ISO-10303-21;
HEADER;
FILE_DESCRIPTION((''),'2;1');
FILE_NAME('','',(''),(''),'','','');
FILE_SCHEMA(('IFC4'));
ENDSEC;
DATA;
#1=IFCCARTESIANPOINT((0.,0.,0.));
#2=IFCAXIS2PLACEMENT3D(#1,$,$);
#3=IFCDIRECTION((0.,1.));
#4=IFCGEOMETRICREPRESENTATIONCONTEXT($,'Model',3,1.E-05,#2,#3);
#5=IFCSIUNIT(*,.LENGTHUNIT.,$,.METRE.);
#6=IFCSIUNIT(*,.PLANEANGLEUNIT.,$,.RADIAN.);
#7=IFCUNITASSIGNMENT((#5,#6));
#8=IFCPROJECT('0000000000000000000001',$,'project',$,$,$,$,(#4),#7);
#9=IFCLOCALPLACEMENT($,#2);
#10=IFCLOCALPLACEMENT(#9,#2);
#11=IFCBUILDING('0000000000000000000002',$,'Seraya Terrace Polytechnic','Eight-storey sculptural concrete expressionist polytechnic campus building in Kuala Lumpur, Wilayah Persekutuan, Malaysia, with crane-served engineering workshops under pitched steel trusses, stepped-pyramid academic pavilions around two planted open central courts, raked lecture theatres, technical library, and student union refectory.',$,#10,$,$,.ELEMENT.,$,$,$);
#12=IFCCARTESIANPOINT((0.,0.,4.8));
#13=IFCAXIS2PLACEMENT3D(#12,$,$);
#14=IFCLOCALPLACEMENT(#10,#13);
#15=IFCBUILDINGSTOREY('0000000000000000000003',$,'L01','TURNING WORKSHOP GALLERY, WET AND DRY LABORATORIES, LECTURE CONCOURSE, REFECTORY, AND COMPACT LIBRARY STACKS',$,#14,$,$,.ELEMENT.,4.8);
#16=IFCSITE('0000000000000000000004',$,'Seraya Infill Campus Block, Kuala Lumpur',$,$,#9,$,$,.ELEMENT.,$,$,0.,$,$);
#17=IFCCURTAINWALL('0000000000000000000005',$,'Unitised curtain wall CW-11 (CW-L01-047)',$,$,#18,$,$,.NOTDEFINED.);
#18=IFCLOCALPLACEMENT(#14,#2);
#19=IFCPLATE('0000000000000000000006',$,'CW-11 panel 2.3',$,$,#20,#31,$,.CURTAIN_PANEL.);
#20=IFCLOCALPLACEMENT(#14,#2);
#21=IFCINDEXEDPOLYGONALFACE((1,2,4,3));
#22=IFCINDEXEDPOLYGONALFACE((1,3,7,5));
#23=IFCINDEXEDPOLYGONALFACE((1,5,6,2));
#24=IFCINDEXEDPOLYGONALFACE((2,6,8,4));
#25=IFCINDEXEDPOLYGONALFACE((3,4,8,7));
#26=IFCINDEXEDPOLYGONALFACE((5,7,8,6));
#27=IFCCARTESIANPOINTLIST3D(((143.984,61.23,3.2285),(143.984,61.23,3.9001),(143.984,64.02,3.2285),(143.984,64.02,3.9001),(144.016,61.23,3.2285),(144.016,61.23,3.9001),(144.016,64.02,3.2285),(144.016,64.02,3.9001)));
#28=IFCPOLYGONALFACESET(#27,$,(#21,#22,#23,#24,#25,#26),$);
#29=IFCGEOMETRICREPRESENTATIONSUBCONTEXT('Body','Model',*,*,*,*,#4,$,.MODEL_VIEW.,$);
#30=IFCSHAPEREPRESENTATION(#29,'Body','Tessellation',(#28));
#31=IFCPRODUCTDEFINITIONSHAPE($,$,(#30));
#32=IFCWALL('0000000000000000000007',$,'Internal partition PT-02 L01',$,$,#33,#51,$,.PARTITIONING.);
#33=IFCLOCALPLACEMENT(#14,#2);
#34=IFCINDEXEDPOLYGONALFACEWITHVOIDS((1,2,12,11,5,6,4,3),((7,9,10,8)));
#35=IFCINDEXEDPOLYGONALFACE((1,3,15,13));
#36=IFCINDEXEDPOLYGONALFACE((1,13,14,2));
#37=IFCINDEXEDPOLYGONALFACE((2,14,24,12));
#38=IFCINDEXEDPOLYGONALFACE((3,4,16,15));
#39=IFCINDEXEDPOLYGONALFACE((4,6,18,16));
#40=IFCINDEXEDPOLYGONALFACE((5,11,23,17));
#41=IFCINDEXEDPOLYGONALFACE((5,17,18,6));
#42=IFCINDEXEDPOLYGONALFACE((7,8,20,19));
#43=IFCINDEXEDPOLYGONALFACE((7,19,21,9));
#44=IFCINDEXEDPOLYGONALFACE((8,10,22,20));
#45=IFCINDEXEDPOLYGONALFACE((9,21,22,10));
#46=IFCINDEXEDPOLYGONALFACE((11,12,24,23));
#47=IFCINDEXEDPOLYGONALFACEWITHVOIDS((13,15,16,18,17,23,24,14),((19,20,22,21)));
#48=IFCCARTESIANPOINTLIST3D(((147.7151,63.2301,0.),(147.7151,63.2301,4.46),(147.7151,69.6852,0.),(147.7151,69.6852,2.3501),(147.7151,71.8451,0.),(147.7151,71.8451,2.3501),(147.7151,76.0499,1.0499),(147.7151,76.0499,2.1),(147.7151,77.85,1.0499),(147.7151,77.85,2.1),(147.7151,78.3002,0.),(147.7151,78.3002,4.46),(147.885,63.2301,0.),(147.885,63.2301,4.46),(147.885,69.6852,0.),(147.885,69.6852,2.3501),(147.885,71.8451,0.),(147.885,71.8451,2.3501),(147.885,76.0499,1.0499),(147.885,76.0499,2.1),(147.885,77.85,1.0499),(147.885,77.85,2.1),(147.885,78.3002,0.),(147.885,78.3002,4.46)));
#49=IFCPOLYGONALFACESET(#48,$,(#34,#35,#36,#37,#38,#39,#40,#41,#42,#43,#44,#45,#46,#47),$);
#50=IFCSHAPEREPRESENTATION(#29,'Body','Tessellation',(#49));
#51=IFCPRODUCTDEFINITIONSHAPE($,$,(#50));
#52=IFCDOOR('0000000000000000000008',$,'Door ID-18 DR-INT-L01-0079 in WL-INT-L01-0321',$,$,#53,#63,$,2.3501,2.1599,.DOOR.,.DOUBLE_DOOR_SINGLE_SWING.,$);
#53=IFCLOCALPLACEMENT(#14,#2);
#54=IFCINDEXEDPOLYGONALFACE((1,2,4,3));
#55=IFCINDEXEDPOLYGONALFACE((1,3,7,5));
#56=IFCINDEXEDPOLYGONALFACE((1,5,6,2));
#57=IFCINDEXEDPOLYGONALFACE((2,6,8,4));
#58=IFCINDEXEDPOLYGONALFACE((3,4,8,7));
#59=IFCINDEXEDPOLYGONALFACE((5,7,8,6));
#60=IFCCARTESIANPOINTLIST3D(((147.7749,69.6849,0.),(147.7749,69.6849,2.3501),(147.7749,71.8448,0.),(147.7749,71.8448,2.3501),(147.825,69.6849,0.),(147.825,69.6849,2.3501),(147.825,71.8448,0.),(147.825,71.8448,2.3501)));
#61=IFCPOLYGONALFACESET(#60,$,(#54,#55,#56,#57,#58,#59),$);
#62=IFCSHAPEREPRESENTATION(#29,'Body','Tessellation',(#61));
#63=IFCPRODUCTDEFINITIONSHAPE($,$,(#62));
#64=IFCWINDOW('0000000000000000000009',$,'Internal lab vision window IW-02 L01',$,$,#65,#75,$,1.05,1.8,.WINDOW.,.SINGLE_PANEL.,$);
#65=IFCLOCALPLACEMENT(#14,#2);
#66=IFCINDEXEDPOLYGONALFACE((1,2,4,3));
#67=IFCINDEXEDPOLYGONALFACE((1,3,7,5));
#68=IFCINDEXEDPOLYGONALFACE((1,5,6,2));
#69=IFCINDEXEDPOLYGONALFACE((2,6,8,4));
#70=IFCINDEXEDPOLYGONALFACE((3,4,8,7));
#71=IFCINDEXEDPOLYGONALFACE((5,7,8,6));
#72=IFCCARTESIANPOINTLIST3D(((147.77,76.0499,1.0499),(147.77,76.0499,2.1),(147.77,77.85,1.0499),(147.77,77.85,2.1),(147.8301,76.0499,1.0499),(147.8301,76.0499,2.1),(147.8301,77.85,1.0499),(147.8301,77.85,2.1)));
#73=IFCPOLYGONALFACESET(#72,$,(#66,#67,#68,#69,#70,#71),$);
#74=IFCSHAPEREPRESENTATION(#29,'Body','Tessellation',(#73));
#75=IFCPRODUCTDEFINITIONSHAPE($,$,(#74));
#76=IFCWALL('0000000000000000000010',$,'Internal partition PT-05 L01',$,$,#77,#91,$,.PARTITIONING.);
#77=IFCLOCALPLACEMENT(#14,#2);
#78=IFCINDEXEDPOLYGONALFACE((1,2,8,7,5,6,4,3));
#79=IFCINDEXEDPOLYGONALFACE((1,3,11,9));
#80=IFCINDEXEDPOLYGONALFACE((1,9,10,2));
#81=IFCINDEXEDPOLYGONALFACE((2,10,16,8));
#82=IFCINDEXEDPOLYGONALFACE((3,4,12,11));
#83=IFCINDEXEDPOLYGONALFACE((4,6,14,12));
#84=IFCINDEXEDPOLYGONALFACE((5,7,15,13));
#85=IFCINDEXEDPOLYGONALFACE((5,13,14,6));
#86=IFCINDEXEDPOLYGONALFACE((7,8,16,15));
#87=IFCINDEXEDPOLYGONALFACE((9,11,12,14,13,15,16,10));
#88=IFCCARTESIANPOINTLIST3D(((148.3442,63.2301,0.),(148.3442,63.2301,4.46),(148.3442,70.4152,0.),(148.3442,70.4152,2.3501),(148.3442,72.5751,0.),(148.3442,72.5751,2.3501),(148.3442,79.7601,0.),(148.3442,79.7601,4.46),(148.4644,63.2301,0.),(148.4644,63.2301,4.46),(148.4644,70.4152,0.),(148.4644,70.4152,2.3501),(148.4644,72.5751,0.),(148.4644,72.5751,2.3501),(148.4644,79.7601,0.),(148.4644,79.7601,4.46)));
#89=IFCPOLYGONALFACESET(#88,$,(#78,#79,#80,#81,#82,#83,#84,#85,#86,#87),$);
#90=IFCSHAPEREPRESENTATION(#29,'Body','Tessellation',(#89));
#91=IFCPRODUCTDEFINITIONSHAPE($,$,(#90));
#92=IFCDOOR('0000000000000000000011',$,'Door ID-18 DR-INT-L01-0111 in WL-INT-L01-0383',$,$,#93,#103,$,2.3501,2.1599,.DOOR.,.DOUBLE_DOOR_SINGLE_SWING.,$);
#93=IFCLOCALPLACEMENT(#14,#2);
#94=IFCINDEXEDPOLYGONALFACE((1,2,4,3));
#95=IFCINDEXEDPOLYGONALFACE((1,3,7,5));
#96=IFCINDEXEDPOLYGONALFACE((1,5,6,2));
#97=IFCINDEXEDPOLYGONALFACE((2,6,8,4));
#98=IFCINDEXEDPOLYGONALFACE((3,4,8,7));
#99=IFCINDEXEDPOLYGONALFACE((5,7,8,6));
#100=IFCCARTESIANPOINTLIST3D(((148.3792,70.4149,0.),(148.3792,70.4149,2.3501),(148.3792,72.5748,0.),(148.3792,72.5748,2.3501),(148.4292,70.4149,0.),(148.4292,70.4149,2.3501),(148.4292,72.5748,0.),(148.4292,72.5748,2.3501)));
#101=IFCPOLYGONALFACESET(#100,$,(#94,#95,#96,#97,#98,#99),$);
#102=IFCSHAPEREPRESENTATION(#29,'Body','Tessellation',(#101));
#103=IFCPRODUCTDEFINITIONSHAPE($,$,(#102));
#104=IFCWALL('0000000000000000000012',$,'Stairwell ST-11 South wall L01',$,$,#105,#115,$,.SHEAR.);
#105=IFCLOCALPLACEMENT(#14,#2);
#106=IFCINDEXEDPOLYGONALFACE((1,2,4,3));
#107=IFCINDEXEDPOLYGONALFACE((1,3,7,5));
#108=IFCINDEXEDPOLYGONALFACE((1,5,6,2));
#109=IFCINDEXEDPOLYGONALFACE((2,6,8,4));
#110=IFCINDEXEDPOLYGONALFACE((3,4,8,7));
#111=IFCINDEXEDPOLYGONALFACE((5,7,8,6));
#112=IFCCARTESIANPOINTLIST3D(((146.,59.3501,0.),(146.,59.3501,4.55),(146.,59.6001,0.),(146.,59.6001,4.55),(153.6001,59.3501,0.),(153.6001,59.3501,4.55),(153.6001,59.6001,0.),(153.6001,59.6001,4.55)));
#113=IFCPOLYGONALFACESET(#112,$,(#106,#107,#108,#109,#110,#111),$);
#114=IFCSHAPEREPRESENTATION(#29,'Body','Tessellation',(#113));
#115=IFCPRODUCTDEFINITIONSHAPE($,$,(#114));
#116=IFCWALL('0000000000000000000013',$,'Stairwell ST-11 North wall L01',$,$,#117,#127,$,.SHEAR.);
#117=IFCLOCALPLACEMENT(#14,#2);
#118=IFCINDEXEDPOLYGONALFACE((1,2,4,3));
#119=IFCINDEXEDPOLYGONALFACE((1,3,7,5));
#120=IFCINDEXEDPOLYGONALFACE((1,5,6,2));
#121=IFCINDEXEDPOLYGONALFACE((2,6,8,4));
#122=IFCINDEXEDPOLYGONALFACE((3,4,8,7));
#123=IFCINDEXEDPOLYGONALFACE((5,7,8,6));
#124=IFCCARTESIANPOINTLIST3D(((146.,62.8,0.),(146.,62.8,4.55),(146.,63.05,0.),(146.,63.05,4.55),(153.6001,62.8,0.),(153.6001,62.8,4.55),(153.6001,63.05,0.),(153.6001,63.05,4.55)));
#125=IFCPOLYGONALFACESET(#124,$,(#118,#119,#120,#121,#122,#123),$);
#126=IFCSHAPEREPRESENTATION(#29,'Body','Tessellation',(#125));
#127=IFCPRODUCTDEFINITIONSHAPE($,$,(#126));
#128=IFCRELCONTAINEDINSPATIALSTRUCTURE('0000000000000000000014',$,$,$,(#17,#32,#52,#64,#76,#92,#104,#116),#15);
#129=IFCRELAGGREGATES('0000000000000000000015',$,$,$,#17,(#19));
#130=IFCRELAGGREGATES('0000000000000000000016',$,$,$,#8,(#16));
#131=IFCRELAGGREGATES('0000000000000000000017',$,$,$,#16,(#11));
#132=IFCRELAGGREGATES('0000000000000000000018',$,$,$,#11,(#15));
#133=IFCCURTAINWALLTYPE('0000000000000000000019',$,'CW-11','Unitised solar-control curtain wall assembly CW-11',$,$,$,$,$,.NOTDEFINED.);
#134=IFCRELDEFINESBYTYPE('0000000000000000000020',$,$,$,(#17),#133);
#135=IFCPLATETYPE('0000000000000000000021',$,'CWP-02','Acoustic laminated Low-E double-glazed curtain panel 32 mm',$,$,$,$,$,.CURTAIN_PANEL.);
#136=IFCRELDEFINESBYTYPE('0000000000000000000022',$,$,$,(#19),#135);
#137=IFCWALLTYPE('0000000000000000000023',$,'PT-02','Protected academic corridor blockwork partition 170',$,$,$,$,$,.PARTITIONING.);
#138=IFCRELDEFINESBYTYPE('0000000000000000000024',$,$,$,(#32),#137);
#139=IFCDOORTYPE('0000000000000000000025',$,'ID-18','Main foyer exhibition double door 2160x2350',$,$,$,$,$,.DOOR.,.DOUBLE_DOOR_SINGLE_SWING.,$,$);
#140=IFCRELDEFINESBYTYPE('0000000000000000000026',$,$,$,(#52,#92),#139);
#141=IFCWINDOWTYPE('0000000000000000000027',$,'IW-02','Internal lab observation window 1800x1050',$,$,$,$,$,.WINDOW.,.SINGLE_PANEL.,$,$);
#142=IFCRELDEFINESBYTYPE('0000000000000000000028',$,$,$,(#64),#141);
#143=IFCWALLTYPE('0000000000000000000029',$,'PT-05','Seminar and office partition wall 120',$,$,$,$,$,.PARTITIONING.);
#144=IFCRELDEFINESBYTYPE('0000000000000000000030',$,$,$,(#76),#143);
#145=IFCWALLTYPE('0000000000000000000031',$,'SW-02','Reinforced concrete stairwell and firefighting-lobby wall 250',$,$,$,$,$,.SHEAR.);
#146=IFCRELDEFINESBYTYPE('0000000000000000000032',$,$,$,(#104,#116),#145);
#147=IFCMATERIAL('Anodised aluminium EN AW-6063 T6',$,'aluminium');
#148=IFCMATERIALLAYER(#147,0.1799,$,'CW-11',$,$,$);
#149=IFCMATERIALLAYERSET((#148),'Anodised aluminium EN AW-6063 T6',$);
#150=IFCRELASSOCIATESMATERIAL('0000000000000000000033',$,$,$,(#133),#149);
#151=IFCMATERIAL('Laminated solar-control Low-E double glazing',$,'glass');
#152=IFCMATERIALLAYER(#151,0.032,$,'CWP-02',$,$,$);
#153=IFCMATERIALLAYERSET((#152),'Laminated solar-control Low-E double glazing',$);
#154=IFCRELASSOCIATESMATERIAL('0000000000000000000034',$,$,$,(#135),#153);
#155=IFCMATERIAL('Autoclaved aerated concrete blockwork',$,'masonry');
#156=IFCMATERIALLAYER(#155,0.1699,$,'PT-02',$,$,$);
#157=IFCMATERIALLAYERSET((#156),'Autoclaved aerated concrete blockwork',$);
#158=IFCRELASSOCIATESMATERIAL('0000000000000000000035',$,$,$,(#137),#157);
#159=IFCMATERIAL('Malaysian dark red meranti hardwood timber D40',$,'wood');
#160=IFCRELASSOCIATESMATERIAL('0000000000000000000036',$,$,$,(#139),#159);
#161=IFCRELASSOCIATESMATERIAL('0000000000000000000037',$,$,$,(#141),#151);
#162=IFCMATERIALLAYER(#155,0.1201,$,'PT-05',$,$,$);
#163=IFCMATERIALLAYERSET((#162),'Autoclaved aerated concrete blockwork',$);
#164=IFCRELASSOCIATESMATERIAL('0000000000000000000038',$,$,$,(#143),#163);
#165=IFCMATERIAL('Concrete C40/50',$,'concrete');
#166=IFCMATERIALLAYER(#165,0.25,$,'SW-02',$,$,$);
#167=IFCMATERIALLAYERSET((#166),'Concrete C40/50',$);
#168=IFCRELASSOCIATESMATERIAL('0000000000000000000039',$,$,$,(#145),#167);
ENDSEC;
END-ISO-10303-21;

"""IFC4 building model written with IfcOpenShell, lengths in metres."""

from ifc_helpers import new_model, si_unit, direction, frame, frame_2d, origin, origin_2d, place, context, subcontext, project, spatial, rectangle, extrude, material, layer, layer_set, type_object, element, fill, aggregate, save


model = new_model("IFC4")

# Units and contexts
model_context = context("Model", 3, precision=1e-05, world=origin(), true_north=direction((0.0, 1.0)))
body_context = subcontext(model_context, "Body", "Model", "MODEL_VIEW")
ifc_project = project(units=[si_unit("LENGTHUNIT", "METRE"), si_unit("PLANEANGLEUNIT", "RADIAN")], contexts=[model_context])

# Site, building, storey
site_placement = place(None, origin())
site = spatial("IfcSite", under=ifc_project, at=site_placement, Name="Seraya Infill Campus Block, Kuala Lumpur", CompositionType="ELEMENT", RefElevation=0.0)
building_placement = place(site_placement, origin())
building = spatial("IfcBuilding", under=site, at=building_placement, Name="Seraya Terrace Polytechnic", Description="Eight-storey sculptural concrete expressionist polytechnic campus building in Kuala Lumpur, Wilayah Persekutuan, Malaysia, with crane-served engineering workshops under pitched steel trusses, stepped-pyramid academic pavilions around two planted open central courts, raked lecture theatres, technical library, and student union refectory.", CompositionType="ELEMENT")
storey_placement = place(building_placement, frame((0.0, 0.0, 4.8)))
storey = spatial("IfcBuildingStorey", under=building, at=storey_placement, Name="L01", Description="TURNING WORKSHOP GALLERY, WET AND DRY LABORATORIES, LECTURE CONCOURSE, REFECTORY, AND COMPACT LIBRARY STACKS", CompositionType="ELEMENT", Elevation=4.8)

# Curtain wall, plate
ifc_material_1 = material(Name="Anodised aluminium EN AW-6063 T6", Category="aluminium")
ifc_layer_1 = layer(ifc_material_1, 0.1799, Name="CW-11")
ifc_layer_set_1 = layer_set([ifc_layer_1], Name="Anodised aluminium EN AW-6063 T6")
curtain_wall_type = type_object("IfcCurtainWallType", Name="CW-11", Description="Unitised solar-control curtain wall assembly CW-11", PredefinedType="NOTDEFINED", material=ifc_layer_set_1)
curtain_wall_placement = place(storey_placement, origin())
curtain_wall = element("IfcCurtainWall", 1, at=curtain_wall_placement, inside=storey, type_object=curtain_wall_type, Name="Unitised curtain wall CW-11 (CW-L01-047)", PredefinedType="NOTDEFINED")
ifc_material_2 = material(Name="Laminated solar-control Low-E double glazing", Category="glass")
ifc_layer_2 = layer(ifc_material_2, 0.032, Name="CWP-02")
ifc_layer_set_2 = layer_set([ifc_layer_2], Name="Laminated solar-control Low-E double glazing")
plate_type = type_object("IfcPlateType", Name="CWP-02", Description="Acoustic laminated Low-E double-glazed curtain panel 32 mm", PredefinedType="CURTAIN_PANEL", material=ifc_layer_set_2)
plate_1_placement = place(storey_placement, frame((144.0, 62.625, 3.2285), z_axis=(0.0, 0.0, 1.0), x_axis=(0.0, 1.0, 0.0)))
plate_1 = element("IfcPlate", 2, at=plate_1_placement, type_object=plate_type, Name="CW-11 panel 2.3", PredefinedType="CURTAIN_PANEL", context=body_context, shape_type="SweptSolid", body=[
    extrude(rectangle(XDim=2.79, YDim=0.032, at=origin_2d()), origin(), (0.0, 0.0, 1.0), 0.6716),
])
aggregate(curtain_wall, [plate_1])

# Wall, openings, door, window
ifc_material_3 = material(Name="Autoclaved aerated concrete blockwork", Category="masonry")
ifc_layer_3 = layer(ifc_material_3, 0.1699, Name="PT-02")
ifc_layer_set_3 = layer_set([ifc_layer_3], Name="Autoclaved aerated concrete blockwork")
wall_type_1 = type_object("IfcWallType", Name="PT-02", Description="Protected academic corridor blockwork partition 170", PredefinedType="PARTITIONING", material=ifc_layer_set_3)
wall_1_placement = place(storey_placement, frame((147.8, 63.23, 0.0), z_axis=(0.0, 0.0, 1.0), x_axis=(0.0, 1.0, 0.0)))
wall_1 = element("IfcWall", 3, at=wall_1_placement, inside=storey, type_object=wall_type_1, Name="Internal partition PT-02 L01", PredefinedType="PARTITIONING", context=body_context, shape_type="SweptSolid", body=[
    extrude(rectangle(XDim=15.0701, YDim=0.1699, at=frame_2d((7.5352, 0.0))), origin(), (0.0, 0.0, 1.0), 4.46),
])
opening_1_placement = place(wall_1_placement, frame((6.4551, 0.0, 0.0)))
opening_1 = element("IfcOpeningElement", 4, at=opening_1_placement, cuts=wall_1, PredefinedType="OPENING", context=body_context, shape_type="SweptSolid", body=[
    extrude(rectangle(XDim=2.1599, YDim=2.3501, at=frame_2d((1.0801, 1.175))), frame((0.0, 0.0969, 0.0), z_axis=(0.0, -1.0, 0.0), x_axis=(1.0, 0.0, 0.0)), (0.0, 0.0, 1.0), 0.1938),
])
opening_2_placement = place(wall_1_placement, frame((12.8201, 0.0, 1.05)))
opening_2 = element("IfcOpeningElement", 5, at=opening_2_placement, cuts=wall_1, PredefinedType="OPENING", context=body_context, shape_type="SweptSolid", body=[
    extrude(rectangle(XDim=1.8, YDim=1.05, at=frame_2d((0.8999, 0.5249))), frame((0.0, 0.0969, 0.0), z_axis=(0.0, -1.0, 0.0), x_axis=(1.0, 0.0, 0.0)), (0.0, 0.0, 1.0), 0.1938),
])
ifc_material_4 = material(Name="Malaysian dark red meranti hardwood timber D40", Category="wood")
door_type_1 = type_object("IfcDoorType", Name="ID-18", Description="Main foyer exhibition double door 2160x2350", OperationType="DOUBLE_DOOR_SINGLE_SWING", PredefinedType="DOOR", material=ifc_material_4)
door_1_placement = place(opening_1_placement, frame((2.1599, 0.0, 0.0), z_axis=(0.0, 0.0, 1.0), x_axis=(-1.0, 0.0, 0.0)))
door_1 = element("IfcDoor", 6, at=door_1_placement, inside=storey, type_object=door_type_1, Name="Door ID-18 DR-INT-L01-0079 in WL-INT-L01-0321", OperationType="DOUBLE_DOOR_SINGLE_SWING", OverallHeight=2.3501, OverallWidth=2.1599, PredefinedType="DOOR", context=body_context, shape_type="SweptSolid", body=[
    extrude(rectangle(XDim=2.1599, YDim=2.3501, at=frame_2d((1.0801, 1.175))), frame((0.0, 0.0249, 0.0), z_axis=(0.0, -1.0, 0.0), x_axis=(1.0, 0.0, 0.0)), (0.0, 0.0, 1.0), 0.05),
])
fill(opening_1, door_1)
window_type = type_object("IfcWindowType", Name="IW-02", Description="Internal lab observation window 1800x1050", PartitioningType="SINGLE_PANEL", PredefinedType="WINDOW", material=ifc_material_2)
window_placement = place(opening_2_placement, origin())
window = element("IfcWindow", 7, at=window_placement, inside=storey, type_object=window_type, Name="Internal lab vision window IW-02 L01", OverallHeight=1.05, OverallWidth=1.8, PartitioningType="SINGLE_PANEL", PredefinedType="WINDOW", context=body_context, shape_type="SweptSolid", body=[
    extrude(rectangle(XDim=1.8, YDim=1.05, at=frame_2d((0.8999, 0.5249))), frame((0.0, 0.03, 0.0), z_axis=(0.0, -1.0, 0.0), x_axis=(1.0, 0.0, 0.0)), (0.0, 0.0, 1.0), 0.0601),
])
fill(opening_2, window)

# Wall, opening, door
ifc_layer_4 = layer(ifc_material_3, 0.1201, Name="PT-05")
ifc_layer_set_4 = layer_set([ifc_layer_4], Name="Autoclaved aerated concrete blockwork")
wall_type_2 = type_object("IfcWallType", Name="PT-05", Description="Seminar and office partition wall 120", PredefinedType="PARTITIONING", material=ifc_layer_set_4)
wall_2_placement = place(storey_placement, frame((148.4043, 63.23, 0.0), z_axis=(0.0, 0.0, 1.0), x_axis=(0.0, 1.0, 0.0)))
wall_2 = element("IfcWall", 8, at=wall_2_placement, inside=storey, type_object=wall_type_2, Name="Internal partition PT-05 L01", PredefinedType="PARTITIONING", context=body_context, shape_type="SweptSolid", body=[
    extrude(rectangle(XDim=16.53, YDim=0.1201, at=frame_2d((8.2651, 0.0))), origin(), (0.0, 0.0, 1.0), 4.46),
])
opening_3_placement = place(wall_2_placement, frame((7.1851, 0.0, 0.0)))
opening_3 = element("IfcOpeningElement", 9, at=opening_3_placement, cuts=wall_2, PredefinedType="OPENING", context=body_context, shape_type="SweptSolid", body=[
    extrude(rectangle(XDim=2.1599, YDim=2.3501, at=frame_2d((1.0801, 1.175))), frame((0.0, 0.072, 0.0), z_axis=(0.0, -1.0, 0.0), x_axis=(1.0, 0.0, 0.0)), (0.0, 0.0, 1.0), 0.144),
])
door_2_placement = place(opening_3_placement, frame((2.1599, 0.0, 0.0), z_axis=(0.0, 0.0, 1.0), x_axis=(-1.0, 0.0, 0.0)))
door_2 = element("IfcDoor", 10, at=door_2_placement, inside=storey, type_object=door_type_1, Name="Door ID-18 DR-INT-L01-0111 in WL-INT-L01-0383", OperationType="DOUBLE_DOOR_SINGLE_SWING", OverallHeight=2.3501, OverallWidth=2.1599, PredefinedType="DOOR", context=body_context, shape_type="SweptSolid", body=[
    extrude(rectangle(XDim=2.1599, YDim=2.3501, at=frame_2d((1.0801, 1.175))), frame((0.0, 0.0249, 0.0), z_axis=(0.0, -1.0, 0.0), x_axis=(1.0, 0.0, 0.0)), (0.0, 0.0, 1.0), 0.05),
])
fill(opening_3, door_2)
ifc_material_5 = material(Name="Concrete C40/50", Category="concrete")
ifc_layer_5 = layer(ifc_material_5, 0.25, Name="SW-02")
ifc_layer_set_5 = layer_set([ifc_layer_5], Name="Concrete C40/50")
wall_type_3 = type_object("IfcWallType", Name="SW-02", Description="Reinforced concrete stairwell and firefighting-lobby wall 250", PredefinedType="SHEAR", material=ifc_layer_set_5)

# Walls
for number, where, z_axis, x_axis, name in (
    (11, (146.0, 59.4751, 0.0), (0.0, 0.0, 1.0), (1.0, 0.0, 0.0), "Stairwell ST-11 South wall L01"),
    (12, (146.0, 62.925, 0.0), (0.0, 0.0, 1.0), (1.0, 0.0, 0.0), "Stairwell ST-11 North wall L01"),
):
    element("IfcWall", number, at=place(storey_placement, frame(where, z_axis=z_axis, x_axis=x_axis)), inside=storey, type_object=wall_type_3, Name=name, PredefinedType="SHEAR", context=body_context, shape_type="SweptSolid", body=[
        extrude(rectangle(XDim=7.6001, YDim=0.25, at=frame_2d((3.8, 0.0))), origin(), (0.0, 0.0, 1.0), 4.55),
    ])

save(model, "model.ifc")
